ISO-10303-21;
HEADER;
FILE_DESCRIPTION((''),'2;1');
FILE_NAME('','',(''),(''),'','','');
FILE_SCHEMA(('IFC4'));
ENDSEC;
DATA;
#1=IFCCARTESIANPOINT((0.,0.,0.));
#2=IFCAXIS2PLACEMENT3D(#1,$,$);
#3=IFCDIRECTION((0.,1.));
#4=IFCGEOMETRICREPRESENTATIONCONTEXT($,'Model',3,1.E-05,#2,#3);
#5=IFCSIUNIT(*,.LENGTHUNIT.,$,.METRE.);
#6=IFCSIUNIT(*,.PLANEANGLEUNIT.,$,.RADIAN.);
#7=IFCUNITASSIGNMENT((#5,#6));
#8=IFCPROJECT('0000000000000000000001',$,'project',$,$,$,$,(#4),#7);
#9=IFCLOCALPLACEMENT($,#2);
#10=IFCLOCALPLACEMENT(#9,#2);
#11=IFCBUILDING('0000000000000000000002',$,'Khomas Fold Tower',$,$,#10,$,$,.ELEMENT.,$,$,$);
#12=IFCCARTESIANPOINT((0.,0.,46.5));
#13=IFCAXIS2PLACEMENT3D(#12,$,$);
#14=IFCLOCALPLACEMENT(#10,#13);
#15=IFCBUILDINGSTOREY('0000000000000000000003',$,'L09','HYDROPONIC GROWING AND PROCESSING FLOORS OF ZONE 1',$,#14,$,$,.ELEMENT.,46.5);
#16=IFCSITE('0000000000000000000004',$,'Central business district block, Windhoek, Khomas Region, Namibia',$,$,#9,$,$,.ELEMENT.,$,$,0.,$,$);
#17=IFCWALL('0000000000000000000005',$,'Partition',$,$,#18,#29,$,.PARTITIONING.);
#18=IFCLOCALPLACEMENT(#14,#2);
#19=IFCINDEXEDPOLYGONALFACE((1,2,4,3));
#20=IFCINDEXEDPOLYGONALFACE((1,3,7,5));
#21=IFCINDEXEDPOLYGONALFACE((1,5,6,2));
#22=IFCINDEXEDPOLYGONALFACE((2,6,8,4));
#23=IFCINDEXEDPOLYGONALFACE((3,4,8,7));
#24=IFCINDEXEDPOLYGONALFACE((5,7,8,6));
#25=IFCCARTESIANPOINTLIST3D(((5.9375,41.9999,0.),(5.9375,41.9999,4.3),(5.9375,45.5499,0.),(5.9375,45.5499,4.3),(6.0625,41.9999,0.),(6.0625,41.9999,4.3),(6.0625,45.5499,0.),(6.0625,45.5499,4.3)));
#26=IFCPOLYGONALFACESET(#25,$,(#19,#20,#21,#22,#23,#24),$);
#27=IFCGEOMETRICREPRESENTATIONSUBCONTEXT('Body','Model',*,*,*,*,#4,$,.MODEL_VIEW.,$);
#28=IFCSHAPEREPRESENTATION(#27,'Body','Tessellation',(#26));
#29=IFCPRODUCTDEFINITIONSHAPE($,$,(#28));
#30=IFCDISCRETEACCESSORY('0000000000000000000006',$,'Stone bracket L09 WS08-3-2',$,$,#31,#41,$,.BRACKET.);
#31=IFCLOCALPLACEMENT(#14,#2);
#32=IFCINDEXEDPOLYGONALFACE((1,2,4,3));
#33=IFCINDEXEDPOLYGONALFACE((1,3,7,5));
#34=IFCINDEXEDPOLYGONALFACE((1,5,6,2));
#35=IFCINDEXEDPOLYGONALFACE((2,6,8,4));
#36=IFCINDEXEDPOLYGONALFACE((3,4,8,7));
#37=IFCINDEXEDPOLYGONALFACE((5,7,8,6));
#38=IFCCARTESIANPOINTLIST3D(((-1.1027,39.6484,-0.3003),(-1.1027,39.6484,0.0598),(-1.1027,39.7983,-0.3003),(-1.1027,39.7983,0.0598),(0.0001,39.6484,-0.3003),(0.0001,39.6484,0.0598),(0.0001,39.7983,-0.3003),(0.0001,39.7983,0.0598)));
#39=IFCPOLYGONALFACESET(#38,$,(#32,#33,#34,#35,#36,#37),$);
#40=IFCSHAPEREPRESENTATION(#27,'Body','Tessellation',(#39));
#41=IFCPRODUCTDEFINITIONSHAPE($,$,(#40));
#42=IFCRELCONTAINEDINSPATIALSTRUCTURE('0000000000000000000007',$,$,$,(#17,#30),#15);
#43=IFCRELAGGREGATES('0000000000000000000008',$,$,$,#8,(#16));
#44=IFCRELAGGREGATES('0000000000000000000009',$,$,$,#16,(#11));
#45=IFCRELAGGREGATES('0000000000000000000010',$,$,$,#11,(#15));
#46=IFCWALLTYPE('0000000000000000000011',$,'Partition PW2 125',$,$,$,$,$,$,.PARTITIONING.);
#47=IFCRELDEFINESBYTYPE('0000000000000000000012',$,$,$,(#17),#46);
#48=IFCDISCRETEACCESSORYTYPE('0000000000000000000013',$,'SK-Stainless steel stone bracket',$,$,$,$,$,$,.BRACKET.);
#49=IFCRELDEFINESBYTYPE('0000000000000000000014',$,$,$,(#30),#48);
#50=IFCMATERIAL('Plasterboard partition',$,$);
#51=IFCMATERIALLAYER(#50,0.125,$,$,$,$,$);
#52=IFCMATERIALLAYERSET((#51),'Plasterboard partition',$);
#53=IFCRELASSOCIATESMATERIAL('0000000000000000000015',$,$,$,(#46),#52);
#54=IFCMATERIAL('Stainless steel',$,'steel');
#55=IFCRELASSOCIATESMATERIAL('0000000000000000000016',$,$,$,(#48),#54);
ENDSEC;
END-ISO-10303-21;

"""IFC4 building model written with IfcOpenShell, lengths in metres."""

from ifc_helpers import new_model, si_unit, direction, frame, frame_2d, origin, origin_2d, place, context, subcontext, project, spatial, rectangle, extrude, source, transform, mapped, material, layer, layer_set, type_object, element, save


model = new_model("IFC4")

# Units and contexts
model_context = context("Model", 3, precision=1e-05, world=origin(), true_north=direction((0.0, 1.0)))
body_context = subcontext(model_context, "Body", "Model", "MODEL_VIEW")
ifc_project = project(units=[si_unit("LENGTHUNIT", "METRE"), si_unit("PLANEANGLEUNIT", "RADIAN")], contexts=[model_context])

# Site, building, storey
site_placement = place(None, origin())
site = spatial("IfcSite", under=ifc_project, at=site_placement, Name="Central business district block, Windhoek, Khomas Region, Namibia", CompositionType="ELEMENT", RefElevation=0.0)
building_placement = place(site_placement, origin())
building = spatial("IfcBuilding", under=site, at=building_placement, Name="Khomas Fold Tower", CompositionType="ELEMENT")
storey_placement = place(building_placement, frame((0.0, 0.0, 46.5)))
storey = spatial("IfcBuildingStorey", under=building, at=storey_placement, Name="L09", Description="HYDROPONIC GROWING AND PROCESSING FLOORS OF ZONE 1", CompositionType="ELEMENT", Elevation=46.5)

# Wall
ifc_material_1 = material(Name="Plasterboard partition")
ifc_layer_1 = layer(ifc_material_1, 0.125)
ifc_layer_set_1 = layer_set([ifc_layer_1], Name="Plasterboard partition")
wall_type_1 = type_object("IfcWallType", Name="Partition PW2 125", PredefinedType="PARTITIONING", material=ifc_layer_set_1)
shared_shape_1 = source(origin(), body_context, "Body", "SweptSolid", [
    extrude(rectangle(XDim=3.55, YDim=0.125, at=frame_2d((1.7749, 0.0))), origin(), (0.0, 0.0, 1.0), 4.3),
])
wall_1_placement = place(storey_placement, frame((6.0, 42.0, 0.0), z_axis=(0.0, 0.0, 1.0), x_axis=(0.0, 1.0, 0.0)))
element("IfcWall", 1, at=wall_1_placement, inside=storey, type_object=wall_type_1, Name="Partition", PredefinedType="PARTITIONING", context=body_context, shape_type="MappedRepresentation", body=[
    mapped(shared_shape_1, transform((0.0, 0.0, 0.0))),
])

# Discrete accessory
ifc_material_2 = material(Name="Stainless steel", Category="steel")
discrete_accessory_type = type_object("IfcDiscreteAccessoryType", Name="SK-Stainless steel stone bracket", PredefinedType="BRACKET", material=ifc_material_2)
shared_shape_2 = source(origin(), body_context, "Body", "SweptSolid", [
    extrude(rectangle(XDim=1.1028, YDim=0.1499, at=origin_2d()), origin(), (0.0, 0.0, 1.0), 0.3601),
])
discrete_accessory_placement = place(storey_placement, frame((-0.5513, 39.7234, -0.3003), z_axis=(0.0, 0.0, 1.0), x_axis=(-1.0, 0.0, 0.0)))
element("IfcDiscreteAccessory", 2, at=discrete_accessory_placement, inside=storey, type_object=discrete_accessory_type, Name="Stone bracket L09 WS08-3-2", PredefinedType="BRACKET", context=body_context, shape_type="MappedRepresentation", body=[
    mapped(shared_shape_2, transform((0.0, 0.0, 0.0))),
])

save(model, "model.ifc")
